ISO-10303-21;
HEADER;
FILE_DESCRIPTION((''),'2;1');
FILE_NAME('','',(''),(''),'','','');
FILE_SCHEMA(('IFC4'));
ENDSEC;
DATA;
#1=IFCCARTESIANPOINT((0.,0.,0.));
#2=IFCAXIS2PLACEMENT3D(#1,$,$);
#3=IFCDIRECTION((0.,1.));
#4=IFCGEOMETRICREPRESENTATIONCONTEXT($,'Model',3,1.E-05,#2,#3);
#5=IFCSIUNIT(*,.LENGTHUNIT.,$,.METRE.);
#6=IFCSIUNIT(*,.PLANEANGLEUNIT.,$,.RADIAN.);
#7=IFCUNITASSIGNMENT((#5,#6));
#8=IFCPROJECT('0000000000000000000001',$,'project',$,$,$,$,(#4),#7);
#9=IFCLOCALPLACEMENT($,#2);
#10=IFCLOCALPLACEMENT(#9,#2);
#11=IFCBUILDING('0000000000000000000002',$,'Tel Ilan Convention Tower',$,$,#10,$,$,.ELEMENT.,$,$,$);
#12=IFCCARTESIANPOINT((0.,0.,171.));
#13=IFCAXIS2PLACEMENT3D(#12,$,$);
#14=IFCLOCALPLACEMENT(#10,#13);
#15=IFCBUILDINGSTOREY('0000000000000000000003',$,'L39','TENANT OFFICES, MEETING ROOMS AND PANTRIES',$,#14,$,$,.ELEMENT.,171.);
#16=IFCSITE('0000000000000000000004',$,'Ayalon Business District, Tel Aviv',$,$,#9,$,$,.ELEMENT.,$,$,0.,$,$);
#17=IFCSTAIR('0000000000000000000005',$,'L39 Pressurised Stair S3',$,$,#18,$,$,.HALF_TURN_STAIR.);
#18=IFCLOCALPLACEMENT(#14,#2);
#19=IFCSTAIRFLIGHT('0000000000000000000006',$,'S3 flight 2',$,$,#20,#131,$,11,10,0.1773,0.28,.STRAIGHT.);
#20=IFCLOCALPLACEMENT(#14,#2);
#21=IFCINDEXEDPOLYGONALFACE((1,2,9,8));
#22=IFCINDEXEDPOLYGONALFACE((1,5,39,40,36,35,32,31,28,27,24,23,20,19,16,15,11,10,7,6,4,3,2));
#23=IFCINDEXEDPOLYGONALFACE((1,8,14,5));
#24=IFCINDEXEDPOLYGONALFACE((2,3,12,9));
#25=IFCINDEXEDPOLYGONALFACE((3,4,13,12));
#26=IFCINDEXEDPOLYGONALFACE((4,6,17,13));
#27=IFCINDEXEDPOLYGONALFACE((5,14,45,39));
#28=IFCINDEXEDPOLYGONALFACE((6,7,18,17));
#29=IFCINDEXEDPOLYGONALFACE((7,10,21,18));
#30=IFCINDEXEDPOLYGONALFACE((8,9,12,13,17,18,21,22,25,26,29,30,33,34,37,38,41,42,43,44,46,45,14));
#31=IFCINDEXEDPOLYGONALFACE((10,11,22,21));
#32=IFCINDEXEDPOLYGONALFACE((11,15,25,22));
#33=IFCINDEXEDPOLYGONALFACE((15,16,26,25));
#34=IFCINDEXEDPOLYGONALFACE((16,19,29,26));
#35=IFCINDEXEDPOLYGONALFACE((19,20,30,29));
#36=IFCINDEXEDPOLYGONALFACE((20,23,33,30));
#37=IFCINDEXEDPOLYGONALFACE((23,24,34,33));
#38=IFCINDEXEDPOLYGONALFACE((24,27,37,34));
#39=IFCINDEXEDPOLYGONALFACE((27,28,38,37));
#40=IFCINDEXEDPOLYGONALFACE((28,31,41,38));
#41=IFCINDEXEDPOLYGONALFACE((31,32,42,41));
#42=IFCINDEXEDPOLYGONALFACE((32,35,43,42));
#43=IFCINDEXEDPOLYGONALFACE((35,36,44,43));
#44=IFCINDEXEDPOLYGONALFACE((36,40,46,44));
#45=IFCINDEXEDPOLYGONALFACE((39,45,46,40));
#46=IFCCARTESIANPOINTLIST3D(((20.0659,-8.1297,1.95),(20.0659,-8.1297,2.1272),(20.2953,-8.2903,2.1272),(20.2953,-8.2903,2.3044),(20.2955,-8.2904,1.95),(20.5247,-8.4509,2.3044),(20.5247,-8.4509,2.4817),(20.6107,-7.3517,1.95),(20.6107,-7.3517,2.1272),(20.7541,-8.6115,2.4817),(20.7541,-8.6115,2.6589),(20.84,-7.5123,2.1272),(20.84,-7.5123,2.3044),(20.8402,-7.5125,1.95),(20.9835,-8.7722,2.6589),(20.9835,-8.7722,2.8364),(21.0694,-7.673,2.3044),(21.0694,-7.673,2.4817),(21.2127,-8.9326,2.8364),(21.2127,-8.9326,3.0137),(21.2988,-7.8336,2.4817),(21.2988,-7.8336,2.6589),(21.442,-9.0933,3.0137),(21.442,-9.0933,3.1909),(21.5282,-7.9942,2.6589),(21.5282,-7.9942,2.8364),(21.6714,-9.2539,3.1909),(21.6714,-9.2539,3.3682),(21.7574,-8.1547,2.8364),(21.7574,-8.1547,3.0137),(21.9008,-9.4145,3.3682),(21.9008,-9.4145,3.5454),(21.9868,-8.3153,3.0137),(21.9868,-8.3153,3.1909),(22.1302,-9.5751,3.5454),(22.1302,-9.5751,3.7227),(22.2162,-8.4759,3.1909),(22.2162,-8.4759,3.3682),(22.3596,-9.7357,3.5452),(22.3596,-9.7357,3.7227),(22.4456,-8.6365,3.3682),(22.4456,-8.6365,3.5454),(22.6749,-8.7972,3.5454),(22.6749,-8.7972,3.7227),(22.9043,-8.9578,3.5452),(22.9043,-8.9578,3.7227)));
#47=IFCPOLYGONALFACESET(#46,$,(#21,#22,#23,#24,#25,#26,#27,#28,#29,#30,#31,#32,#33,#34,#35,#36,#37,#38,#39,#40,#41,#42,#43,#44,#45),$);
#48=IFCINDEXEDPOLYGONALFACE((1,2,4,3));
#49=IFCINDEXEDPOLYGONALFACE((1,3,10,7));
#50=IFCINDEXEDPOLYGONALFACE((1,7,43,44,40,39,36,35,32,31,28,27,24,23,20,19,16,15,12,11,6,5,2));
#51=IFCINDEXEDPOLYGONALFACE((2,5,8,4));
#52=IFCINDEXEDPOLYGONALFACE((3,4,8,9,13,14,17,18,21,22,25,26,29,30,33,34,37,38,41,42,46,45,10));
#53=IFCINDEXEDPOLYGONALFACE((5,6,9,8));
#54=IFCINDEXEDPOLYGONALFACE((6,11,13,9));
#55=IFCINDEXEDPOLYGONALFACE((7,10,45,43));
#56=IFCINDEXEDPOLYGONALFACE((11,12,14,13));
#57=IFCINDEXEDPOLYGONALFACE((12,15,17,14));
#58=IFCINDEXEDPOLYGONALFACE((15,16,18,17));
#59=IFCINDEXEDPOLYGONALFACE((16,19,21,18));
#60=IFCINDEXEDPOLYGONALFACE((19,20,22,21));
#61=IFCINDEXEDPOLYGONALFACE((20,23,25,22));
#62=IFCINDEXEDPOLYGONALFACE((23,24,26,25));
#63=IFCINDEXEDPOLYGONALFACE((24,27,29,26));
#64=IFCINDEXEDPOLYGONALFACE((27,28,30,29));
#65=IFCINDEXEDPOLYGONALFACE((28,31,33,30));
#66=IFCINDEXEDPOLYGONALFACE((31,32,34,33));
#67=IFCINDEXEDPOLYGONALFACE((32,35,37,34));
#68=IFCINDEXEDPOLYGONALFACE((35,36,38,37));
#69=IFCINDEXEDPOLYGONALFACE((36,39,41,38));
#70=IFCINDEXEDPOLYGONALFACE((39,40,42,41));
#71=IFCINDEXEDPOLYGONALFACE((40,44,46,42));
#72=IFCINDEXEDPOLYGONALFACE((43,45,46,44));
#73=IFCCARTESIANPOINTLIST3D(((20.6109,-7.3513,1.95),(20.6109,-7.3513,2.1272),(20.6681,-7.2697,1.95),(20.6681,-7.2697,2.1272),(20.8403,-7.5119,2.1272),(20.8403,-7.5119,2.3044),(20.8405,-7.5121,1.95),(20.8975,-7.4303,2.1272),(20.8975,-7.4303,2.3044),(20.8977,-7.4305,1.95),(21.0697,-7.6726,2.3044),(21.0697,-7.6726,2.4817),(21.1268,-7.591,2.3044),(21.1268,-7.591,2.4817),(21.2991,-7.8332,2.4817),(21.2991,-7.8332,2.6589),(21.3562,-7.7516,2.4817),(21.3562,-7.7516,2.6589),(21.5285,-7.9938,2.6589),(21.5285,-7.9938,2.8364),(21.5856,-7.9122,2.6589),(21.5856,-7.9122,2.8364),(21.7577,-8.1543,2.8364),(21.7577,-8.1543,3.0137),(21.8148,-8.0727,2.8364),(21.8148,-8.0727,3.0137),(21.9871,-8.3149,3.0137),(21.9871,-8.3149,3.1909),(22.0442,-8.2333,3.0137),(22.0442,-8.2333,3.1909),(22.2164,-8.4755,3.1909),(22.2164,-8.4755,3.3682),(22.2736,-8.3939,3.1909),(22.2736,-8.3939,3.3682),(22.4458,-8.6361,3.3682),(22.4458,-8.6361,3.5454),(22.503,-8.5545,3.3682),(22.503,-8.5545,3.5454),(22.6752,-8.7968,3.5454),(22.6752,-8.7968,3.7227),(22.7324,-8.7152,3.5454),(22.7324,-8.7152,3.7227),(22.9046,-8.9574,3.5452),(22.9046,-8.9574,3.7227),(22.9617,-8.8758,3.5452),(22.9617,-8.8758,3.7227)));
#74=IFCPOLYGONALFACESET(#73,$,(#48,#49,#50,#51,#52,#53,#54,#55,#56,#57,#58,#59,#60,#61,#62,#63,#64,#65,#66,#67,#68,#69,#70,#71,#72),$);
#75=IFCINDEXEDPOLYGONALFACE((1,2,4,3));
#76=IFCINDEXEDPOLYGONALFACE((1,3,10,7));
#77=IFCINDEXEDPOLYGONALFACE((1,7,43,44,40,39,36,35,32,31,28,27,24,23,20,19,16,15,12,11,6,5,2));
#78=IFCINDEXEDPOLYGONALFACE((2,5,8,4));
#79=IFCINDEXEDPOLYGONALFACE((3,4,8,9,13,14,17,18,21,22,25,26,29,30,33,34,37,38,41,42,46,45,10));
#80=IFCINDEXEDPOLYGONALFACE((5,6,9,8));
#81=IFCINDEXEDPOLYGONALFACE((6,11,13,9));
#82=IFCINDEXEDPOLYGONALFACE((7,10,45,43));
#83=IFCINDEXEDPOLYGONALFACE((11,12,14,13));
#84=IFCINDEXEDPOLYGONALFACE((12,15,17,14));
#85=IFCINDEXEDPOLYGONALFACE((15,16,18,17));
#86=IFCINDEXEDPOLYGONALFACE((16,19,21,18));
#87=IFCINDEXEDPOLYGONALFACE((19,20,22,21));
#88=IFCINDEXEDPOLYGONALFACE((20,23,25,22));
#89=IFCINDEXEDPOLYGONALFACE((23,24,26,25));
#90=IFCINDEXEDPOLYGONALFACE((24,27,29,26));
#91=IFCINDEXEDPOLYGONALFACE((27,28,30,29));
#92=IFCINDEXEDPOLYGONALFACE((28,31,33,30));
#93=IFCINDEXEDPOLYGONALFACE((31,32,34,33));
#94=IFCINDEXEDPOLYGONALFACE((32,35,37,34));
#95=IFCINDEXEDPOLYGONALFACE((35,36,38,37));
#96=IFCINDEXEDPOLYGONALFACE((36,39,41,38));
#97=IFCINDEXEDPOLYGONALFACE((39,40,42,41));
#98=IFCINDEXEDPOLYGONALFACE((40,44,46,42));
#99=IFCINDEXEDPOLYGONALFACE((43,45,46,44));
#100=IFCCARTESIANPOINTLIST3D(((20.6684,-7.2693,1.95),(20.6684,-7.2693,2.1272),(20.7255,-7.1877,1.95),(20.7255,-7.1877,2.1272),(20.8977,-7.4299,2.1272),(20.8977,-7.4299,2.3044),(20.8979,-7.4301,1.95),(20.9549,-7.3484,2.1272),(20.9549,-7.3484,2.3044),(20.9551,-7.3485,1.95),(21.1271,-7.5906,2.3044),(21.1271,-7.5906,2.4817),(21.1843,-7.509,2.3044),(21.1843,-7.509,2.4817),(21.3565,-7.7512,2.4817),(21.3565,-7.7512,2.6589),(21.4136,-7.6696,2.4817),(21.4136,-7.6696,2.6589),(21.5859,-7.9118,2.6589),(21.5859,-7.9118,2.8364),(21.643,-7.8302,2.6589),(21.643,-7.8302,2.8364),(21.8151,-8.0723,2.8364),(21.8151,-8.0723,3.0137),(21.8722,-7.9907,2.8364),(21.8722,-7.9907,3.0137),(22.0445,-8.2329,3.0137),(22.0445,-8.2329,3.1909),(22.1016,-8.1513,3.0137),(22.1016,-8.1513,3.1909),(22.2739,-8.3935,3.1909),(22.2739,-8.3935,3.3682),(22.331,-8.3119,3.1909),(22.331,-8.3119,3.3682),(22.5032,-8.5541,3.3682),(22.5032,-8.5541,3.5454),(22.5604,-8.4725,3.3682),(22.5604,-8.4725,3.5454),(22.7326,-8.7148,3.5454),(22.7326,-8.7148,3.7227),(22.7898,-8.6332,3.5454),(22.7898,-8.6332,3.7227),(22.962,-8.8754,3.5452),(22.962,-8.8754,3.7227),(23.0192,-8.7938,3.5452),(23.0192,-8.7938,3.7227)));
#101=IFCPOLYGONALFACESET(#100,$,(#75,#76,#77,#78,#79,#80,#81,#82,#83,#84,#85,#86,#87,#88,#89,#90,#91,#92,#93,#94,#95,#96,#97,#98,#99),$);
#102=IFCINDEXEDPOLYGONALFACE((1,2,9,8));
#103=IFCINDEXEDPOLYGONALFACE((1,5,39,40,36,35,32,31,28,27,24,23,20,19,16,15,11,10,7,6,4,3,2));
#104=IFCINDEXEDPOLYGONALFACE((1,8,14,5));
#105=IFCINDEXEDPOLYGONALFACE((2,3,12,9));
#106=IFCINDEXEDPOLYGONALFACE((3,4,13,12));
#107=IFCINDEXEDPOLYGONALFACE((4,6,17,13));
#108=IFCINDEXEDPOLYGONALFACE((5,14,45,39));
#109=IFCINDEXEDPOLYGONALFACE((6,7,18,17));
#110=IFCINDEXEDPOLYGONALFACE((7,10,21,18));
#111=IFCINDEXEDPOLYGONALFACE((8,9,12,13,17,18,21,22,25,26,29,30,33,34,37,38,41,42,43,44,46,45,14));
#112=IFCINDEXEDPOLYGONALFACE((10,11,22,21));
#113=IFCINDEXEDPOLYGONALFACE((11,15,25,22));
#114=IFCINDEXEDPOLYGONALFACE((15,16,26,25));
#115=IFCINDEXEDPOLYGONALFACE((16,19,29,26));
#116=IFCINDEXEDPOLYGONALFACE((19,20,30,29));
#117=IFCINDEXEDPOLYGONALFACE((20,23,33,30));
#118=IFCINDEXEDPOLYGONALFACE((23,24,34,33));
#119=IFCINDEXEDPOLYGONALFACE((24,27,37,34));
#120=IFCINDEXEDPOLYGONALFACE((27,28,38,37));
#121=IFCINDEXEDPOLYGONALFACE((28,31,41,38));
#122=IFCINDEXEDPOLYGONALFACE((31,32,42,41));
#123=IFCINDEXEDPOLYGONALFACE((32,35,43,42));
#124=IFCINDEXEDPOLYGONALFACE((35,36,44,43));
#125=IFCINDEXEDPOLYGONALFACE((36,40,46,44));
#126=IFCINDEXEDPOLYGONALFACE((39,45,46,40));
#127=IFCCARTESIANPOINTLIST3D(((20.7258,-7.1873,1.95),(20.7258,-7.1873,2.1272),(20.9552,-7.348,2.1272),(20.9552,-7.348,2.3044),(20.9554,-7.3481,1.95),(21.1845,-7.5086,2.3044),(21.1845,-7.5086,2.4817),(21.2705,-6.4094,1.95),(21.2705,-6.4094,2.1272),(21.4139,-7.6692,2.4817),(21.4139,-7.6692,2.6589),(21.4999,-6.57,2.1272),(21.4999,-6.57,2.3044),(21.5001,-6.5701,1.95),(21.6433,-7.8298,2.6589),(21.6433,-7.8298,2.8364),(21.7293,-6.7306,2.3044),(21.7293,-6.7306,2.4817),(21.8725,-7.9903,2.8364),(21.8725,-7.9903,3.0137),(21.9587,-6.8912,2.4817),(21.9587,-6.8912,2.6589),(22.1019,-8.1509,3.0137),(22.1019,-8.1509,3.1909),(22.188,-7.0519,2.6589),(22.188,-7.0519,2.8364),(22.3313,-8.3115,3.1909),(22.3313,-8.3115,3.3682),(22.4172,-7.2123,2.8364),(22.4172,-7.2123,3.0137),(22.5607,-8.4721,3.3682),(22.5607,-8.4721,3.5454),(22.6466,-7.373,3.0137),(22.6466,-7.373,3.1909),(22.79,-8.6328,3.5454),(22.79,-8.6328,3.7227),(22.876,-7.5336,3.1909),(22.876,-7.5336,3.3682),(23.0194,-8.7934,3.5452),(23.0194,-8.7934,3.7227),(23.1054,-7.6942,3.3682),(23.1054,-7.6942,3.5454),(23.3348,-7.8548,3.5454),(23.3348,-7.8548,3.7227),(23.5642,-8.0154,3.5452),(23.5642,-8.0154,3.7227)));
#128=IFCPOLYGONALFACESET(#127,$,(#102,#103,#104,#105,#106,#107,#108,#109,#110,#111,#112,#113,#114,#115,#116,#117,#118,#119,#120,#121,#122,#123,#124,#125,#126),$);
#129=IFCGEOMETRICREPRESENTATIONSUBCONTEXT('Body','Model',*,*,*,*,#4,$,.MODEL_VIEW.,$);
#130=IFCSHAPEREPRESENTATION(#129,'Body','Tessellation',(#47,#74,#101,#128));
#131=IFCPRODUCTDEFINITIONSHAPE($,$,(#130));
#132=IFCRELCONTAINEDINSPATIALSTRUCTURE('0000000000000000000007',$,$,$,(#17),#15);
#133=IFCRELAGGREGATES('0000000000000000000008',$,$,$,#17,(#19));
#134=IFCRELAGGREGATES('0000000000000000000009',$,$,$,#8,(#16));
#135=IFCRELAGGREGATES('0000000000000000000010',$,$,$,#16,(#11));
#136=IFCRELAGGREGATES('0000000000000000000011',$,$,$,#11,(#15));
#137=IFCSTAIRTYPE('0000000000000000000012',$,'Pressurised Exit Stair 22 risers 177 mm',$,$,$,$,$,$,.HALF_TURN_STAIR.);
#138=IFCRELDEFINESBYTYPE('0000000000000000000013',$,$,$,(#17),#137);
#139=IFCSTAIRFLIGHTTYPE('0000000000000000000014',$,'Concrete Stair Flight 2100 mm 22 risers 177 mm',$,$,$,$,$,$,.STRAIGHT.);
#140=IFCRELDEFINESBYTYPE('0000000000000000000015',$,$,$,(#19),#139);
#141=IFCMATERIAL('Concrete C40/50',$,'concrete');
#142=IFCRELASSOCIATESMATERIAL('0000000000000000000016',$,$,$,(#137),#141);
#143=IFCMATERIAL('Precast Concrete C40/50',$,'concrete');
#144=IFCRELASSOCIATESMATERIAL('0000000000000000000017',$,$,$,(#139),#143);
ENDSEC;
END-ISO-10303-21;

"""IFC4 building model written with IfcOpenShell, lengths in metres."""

from ifc_helpers import new_model, si_unit, direction, frame, origin, place, context, subcontext, project, spatial, polyline, outline, extrude, material, type_object, element, aggregate, save


model = new_model("IFC4")

# Units and contexts
model_context = context("Model", 3, precision=1e-05, world=origin(), true_north=direction((0.0, 1.0)))
body_context = subcontext(model_context, "Body", "Model", "MODEL_VIEW")
ifc_project = project(units=[si_unit("LENGTHUNIT", "METRE"), si_unit("PLANEANGLEUNIT", "RADIAN")], contexts=[model_context])

# Site, building, storey
site_placement = place(None, origin())
site = spatial("IfcSite", under=ifc_project, at=site_placement, Name="Ayalon Business District, Tel Aviv", CompositionType="ELEMENT", RefElevation=0.0)
building_placement = place(site_placement, origin())
building = spatial("IfcBuilding", under=site, at=building_placement, Name="Tel Ilan Convention Tower", CompositionType="ELEMENT")
storey_placement = place(building_placement, frame((0.0, 0.0, 171.0)))
storey = spatial("IfcBuildingStorey", under=building, at=storey_placement, Name="L39", Description="TENANT OFFICES, MEETING ROOMS AND PANTRIES", CompositionType="ELEMENT", Elevation=171.0)

# Stair, stair flight
ifc_material_1 = material(Name="Concrete C40/50", Category="concrete")
stair_type = type_object("IfcStairType", Name="Pressurised Exit Stair 22 risers 177 mm", PredefinedType="HALF_TURN_STAIR", material=ifc_material_1)
stair_1_placement = place(storey_placement, origin())
stair_1 = element("IfcStair", 1, at=stair_1_placement, inside=storey, type_object=stair_type, Name="L39 Pressurised Stair S3", PredefinedType="HALF_TURN_STAIR")
ifc_material_2 = material(Name="Precast Concrete C40/50", Category="concrete")
stair_flight_type = type_object("IfcStairFlightType", Name="Concrete Stair Flight 2100 mm 22 risers 177 mm", PredefinedType="STRAIGHT", material=ifc_material_2)
stair_flight_1_placement = place(storey_placement, frame((20.6682, -7.2695, 1.95), z_axis=(0.0, 0.0, 1.0), x_axis=(0.819152, -0.573576, 0.0)))
stair_flight_1 = element("IfcStairFlight", 2, at=stair_flight_1_placement, type_object=stair_flight_type, Name="S3 flight 2", NumberOfRisers=11, NumberOfTreads=10, PredefinedType="STRAIGHT", RiserHeight=0.1773, TreadLength=0.28, context=body_context, shape_type="SweptSolid", body=[
    extrude(outline(polyline([(0.0, 0.0), (0.0, 0.1772), (0.28, 0.1772), (0.28, 0.3545), (0.5601, 0.3545), (0.5601, 0.5317), (0.8401, 0.5317), (0.8401, 0.709), (1.1201, 0.709), (1.1201, 0.8865), (1.3999, 0.8865), (1.3999, 1.0637), (1.6799, 1.0637), (1.6799, 1.241), (1.96, 1.241), (1.96, 1.4182), (2.24, 1.4182), (2.24, 1.5955), (2.52, 1.5955), (2.52, 1.7727), (2.8, 1.7727), (2.8, 1.95), (2.8, 1.5952), (0.2803, 0.0), (0.0, 0.0)])), frame((0.0, -0.1003, 0.0), z_axis=(0.0, -1.0, 0.0), x_axis=(1.0, 0.0, 0.0)), (0.0, 0.0, 1.0), 0.9497),
    extrude(outline(polyline([(0.0, 0.0), (0.0, 0.1772), (0.28, 0.1772), (0.28, 0.3545), (0.5601, 0.3545), (0.5601, 0.5317), (0.8401, 0.5317), (0.8401, 0.709), (1.1201, 0.709), (1.1201, 0.8865), (1.3999, 0.8865), (1.3999, 1.0637), (1.6799, 1.0637), (1.6799, 1.241), (1.96, 1.241), (1.96, 1.4182), (2.24, 1.4182), (2.24, 1.5955), (2.52, 1.5955), (2.52, 1.7727), (2.8, 1.7727), (2.8, 1.95), (2.8, 1.5952), (0.2803, 0.0), (0.0, 0.0)])), frame((0.0, -0.0002, 0.0), z_axis=(0.0, -1.0, 0.0), x_axis=(1.0, 0.0, 0.0)), (0.0, 0.0, 1.0), 0.0996),
    extrude(outline(polyline([(0.0, 0.0), (0.0, 0.1772), (0.28, 0.1772), (0.28, 0.3545), (0.5601, 0.3545), (0.5601, 0.5317), (0.8401, 0.5317), (0.8401, 0.709), (1.1201, 0.709), (1.1201, 0.8865), (1.3999, 0.8865), (1.3999, 1.0637), (1.6799, 1.0637), (1.6799, 1.241), (1.96, 1.241), (1.96, 1.4182), (2.24, 1.4182), (2.24, 1.5955), (2.52, 1.5955), (2.52, 1.7727), (2.8, 1.7727), (2.8, 1.95), (2.8, 1.5952), (0.2803, 0.0), (0.0, 0.0)])), frame((0.0, 0.0999, 0.0), z_axis=(0.0, -1.0, 0.0), x_axis=(1.0, 0.0, 0.0)), (0.0, 0.0, 1.0), 0.0996),
    extrude(outline(polyline([(0.0, 0.0), (0.0, 0.1772), (0.28, 0.1772), (0.28, 0.3545), (0.5601, 0.3545), (0.5601, 0.5317), (0.8401, 0.5317), (0.8401, 0.709), (1.1201, 0.709), (1.1201, 0.8865), (1.3999, 0.8865), (1.3999, 1.0637), (1.6799, 1.0637), (1.6799, 1.241), (1.96, 1.241), (1.96, 1.4182), (2.24, 1.4182), (2.24, 1.5955), (2.52, 1.5955), (2.52, 1.7727), (2.8, 1.7727), (2.8, 1.95), (2.8, 1.5952), (0.2803, 0.0), (0.0, 0.0)])), frame((0.0, 1.05, 0.0), z_axis=(0.0, -1.0, 0.0), x_axis=(1.0, 0.0, 0.0)), (0.0, 0.0, 1.0), 0.9497),
])
aggregate(stair_1, [stair_flight_1])

save(model, "model.ifc")
